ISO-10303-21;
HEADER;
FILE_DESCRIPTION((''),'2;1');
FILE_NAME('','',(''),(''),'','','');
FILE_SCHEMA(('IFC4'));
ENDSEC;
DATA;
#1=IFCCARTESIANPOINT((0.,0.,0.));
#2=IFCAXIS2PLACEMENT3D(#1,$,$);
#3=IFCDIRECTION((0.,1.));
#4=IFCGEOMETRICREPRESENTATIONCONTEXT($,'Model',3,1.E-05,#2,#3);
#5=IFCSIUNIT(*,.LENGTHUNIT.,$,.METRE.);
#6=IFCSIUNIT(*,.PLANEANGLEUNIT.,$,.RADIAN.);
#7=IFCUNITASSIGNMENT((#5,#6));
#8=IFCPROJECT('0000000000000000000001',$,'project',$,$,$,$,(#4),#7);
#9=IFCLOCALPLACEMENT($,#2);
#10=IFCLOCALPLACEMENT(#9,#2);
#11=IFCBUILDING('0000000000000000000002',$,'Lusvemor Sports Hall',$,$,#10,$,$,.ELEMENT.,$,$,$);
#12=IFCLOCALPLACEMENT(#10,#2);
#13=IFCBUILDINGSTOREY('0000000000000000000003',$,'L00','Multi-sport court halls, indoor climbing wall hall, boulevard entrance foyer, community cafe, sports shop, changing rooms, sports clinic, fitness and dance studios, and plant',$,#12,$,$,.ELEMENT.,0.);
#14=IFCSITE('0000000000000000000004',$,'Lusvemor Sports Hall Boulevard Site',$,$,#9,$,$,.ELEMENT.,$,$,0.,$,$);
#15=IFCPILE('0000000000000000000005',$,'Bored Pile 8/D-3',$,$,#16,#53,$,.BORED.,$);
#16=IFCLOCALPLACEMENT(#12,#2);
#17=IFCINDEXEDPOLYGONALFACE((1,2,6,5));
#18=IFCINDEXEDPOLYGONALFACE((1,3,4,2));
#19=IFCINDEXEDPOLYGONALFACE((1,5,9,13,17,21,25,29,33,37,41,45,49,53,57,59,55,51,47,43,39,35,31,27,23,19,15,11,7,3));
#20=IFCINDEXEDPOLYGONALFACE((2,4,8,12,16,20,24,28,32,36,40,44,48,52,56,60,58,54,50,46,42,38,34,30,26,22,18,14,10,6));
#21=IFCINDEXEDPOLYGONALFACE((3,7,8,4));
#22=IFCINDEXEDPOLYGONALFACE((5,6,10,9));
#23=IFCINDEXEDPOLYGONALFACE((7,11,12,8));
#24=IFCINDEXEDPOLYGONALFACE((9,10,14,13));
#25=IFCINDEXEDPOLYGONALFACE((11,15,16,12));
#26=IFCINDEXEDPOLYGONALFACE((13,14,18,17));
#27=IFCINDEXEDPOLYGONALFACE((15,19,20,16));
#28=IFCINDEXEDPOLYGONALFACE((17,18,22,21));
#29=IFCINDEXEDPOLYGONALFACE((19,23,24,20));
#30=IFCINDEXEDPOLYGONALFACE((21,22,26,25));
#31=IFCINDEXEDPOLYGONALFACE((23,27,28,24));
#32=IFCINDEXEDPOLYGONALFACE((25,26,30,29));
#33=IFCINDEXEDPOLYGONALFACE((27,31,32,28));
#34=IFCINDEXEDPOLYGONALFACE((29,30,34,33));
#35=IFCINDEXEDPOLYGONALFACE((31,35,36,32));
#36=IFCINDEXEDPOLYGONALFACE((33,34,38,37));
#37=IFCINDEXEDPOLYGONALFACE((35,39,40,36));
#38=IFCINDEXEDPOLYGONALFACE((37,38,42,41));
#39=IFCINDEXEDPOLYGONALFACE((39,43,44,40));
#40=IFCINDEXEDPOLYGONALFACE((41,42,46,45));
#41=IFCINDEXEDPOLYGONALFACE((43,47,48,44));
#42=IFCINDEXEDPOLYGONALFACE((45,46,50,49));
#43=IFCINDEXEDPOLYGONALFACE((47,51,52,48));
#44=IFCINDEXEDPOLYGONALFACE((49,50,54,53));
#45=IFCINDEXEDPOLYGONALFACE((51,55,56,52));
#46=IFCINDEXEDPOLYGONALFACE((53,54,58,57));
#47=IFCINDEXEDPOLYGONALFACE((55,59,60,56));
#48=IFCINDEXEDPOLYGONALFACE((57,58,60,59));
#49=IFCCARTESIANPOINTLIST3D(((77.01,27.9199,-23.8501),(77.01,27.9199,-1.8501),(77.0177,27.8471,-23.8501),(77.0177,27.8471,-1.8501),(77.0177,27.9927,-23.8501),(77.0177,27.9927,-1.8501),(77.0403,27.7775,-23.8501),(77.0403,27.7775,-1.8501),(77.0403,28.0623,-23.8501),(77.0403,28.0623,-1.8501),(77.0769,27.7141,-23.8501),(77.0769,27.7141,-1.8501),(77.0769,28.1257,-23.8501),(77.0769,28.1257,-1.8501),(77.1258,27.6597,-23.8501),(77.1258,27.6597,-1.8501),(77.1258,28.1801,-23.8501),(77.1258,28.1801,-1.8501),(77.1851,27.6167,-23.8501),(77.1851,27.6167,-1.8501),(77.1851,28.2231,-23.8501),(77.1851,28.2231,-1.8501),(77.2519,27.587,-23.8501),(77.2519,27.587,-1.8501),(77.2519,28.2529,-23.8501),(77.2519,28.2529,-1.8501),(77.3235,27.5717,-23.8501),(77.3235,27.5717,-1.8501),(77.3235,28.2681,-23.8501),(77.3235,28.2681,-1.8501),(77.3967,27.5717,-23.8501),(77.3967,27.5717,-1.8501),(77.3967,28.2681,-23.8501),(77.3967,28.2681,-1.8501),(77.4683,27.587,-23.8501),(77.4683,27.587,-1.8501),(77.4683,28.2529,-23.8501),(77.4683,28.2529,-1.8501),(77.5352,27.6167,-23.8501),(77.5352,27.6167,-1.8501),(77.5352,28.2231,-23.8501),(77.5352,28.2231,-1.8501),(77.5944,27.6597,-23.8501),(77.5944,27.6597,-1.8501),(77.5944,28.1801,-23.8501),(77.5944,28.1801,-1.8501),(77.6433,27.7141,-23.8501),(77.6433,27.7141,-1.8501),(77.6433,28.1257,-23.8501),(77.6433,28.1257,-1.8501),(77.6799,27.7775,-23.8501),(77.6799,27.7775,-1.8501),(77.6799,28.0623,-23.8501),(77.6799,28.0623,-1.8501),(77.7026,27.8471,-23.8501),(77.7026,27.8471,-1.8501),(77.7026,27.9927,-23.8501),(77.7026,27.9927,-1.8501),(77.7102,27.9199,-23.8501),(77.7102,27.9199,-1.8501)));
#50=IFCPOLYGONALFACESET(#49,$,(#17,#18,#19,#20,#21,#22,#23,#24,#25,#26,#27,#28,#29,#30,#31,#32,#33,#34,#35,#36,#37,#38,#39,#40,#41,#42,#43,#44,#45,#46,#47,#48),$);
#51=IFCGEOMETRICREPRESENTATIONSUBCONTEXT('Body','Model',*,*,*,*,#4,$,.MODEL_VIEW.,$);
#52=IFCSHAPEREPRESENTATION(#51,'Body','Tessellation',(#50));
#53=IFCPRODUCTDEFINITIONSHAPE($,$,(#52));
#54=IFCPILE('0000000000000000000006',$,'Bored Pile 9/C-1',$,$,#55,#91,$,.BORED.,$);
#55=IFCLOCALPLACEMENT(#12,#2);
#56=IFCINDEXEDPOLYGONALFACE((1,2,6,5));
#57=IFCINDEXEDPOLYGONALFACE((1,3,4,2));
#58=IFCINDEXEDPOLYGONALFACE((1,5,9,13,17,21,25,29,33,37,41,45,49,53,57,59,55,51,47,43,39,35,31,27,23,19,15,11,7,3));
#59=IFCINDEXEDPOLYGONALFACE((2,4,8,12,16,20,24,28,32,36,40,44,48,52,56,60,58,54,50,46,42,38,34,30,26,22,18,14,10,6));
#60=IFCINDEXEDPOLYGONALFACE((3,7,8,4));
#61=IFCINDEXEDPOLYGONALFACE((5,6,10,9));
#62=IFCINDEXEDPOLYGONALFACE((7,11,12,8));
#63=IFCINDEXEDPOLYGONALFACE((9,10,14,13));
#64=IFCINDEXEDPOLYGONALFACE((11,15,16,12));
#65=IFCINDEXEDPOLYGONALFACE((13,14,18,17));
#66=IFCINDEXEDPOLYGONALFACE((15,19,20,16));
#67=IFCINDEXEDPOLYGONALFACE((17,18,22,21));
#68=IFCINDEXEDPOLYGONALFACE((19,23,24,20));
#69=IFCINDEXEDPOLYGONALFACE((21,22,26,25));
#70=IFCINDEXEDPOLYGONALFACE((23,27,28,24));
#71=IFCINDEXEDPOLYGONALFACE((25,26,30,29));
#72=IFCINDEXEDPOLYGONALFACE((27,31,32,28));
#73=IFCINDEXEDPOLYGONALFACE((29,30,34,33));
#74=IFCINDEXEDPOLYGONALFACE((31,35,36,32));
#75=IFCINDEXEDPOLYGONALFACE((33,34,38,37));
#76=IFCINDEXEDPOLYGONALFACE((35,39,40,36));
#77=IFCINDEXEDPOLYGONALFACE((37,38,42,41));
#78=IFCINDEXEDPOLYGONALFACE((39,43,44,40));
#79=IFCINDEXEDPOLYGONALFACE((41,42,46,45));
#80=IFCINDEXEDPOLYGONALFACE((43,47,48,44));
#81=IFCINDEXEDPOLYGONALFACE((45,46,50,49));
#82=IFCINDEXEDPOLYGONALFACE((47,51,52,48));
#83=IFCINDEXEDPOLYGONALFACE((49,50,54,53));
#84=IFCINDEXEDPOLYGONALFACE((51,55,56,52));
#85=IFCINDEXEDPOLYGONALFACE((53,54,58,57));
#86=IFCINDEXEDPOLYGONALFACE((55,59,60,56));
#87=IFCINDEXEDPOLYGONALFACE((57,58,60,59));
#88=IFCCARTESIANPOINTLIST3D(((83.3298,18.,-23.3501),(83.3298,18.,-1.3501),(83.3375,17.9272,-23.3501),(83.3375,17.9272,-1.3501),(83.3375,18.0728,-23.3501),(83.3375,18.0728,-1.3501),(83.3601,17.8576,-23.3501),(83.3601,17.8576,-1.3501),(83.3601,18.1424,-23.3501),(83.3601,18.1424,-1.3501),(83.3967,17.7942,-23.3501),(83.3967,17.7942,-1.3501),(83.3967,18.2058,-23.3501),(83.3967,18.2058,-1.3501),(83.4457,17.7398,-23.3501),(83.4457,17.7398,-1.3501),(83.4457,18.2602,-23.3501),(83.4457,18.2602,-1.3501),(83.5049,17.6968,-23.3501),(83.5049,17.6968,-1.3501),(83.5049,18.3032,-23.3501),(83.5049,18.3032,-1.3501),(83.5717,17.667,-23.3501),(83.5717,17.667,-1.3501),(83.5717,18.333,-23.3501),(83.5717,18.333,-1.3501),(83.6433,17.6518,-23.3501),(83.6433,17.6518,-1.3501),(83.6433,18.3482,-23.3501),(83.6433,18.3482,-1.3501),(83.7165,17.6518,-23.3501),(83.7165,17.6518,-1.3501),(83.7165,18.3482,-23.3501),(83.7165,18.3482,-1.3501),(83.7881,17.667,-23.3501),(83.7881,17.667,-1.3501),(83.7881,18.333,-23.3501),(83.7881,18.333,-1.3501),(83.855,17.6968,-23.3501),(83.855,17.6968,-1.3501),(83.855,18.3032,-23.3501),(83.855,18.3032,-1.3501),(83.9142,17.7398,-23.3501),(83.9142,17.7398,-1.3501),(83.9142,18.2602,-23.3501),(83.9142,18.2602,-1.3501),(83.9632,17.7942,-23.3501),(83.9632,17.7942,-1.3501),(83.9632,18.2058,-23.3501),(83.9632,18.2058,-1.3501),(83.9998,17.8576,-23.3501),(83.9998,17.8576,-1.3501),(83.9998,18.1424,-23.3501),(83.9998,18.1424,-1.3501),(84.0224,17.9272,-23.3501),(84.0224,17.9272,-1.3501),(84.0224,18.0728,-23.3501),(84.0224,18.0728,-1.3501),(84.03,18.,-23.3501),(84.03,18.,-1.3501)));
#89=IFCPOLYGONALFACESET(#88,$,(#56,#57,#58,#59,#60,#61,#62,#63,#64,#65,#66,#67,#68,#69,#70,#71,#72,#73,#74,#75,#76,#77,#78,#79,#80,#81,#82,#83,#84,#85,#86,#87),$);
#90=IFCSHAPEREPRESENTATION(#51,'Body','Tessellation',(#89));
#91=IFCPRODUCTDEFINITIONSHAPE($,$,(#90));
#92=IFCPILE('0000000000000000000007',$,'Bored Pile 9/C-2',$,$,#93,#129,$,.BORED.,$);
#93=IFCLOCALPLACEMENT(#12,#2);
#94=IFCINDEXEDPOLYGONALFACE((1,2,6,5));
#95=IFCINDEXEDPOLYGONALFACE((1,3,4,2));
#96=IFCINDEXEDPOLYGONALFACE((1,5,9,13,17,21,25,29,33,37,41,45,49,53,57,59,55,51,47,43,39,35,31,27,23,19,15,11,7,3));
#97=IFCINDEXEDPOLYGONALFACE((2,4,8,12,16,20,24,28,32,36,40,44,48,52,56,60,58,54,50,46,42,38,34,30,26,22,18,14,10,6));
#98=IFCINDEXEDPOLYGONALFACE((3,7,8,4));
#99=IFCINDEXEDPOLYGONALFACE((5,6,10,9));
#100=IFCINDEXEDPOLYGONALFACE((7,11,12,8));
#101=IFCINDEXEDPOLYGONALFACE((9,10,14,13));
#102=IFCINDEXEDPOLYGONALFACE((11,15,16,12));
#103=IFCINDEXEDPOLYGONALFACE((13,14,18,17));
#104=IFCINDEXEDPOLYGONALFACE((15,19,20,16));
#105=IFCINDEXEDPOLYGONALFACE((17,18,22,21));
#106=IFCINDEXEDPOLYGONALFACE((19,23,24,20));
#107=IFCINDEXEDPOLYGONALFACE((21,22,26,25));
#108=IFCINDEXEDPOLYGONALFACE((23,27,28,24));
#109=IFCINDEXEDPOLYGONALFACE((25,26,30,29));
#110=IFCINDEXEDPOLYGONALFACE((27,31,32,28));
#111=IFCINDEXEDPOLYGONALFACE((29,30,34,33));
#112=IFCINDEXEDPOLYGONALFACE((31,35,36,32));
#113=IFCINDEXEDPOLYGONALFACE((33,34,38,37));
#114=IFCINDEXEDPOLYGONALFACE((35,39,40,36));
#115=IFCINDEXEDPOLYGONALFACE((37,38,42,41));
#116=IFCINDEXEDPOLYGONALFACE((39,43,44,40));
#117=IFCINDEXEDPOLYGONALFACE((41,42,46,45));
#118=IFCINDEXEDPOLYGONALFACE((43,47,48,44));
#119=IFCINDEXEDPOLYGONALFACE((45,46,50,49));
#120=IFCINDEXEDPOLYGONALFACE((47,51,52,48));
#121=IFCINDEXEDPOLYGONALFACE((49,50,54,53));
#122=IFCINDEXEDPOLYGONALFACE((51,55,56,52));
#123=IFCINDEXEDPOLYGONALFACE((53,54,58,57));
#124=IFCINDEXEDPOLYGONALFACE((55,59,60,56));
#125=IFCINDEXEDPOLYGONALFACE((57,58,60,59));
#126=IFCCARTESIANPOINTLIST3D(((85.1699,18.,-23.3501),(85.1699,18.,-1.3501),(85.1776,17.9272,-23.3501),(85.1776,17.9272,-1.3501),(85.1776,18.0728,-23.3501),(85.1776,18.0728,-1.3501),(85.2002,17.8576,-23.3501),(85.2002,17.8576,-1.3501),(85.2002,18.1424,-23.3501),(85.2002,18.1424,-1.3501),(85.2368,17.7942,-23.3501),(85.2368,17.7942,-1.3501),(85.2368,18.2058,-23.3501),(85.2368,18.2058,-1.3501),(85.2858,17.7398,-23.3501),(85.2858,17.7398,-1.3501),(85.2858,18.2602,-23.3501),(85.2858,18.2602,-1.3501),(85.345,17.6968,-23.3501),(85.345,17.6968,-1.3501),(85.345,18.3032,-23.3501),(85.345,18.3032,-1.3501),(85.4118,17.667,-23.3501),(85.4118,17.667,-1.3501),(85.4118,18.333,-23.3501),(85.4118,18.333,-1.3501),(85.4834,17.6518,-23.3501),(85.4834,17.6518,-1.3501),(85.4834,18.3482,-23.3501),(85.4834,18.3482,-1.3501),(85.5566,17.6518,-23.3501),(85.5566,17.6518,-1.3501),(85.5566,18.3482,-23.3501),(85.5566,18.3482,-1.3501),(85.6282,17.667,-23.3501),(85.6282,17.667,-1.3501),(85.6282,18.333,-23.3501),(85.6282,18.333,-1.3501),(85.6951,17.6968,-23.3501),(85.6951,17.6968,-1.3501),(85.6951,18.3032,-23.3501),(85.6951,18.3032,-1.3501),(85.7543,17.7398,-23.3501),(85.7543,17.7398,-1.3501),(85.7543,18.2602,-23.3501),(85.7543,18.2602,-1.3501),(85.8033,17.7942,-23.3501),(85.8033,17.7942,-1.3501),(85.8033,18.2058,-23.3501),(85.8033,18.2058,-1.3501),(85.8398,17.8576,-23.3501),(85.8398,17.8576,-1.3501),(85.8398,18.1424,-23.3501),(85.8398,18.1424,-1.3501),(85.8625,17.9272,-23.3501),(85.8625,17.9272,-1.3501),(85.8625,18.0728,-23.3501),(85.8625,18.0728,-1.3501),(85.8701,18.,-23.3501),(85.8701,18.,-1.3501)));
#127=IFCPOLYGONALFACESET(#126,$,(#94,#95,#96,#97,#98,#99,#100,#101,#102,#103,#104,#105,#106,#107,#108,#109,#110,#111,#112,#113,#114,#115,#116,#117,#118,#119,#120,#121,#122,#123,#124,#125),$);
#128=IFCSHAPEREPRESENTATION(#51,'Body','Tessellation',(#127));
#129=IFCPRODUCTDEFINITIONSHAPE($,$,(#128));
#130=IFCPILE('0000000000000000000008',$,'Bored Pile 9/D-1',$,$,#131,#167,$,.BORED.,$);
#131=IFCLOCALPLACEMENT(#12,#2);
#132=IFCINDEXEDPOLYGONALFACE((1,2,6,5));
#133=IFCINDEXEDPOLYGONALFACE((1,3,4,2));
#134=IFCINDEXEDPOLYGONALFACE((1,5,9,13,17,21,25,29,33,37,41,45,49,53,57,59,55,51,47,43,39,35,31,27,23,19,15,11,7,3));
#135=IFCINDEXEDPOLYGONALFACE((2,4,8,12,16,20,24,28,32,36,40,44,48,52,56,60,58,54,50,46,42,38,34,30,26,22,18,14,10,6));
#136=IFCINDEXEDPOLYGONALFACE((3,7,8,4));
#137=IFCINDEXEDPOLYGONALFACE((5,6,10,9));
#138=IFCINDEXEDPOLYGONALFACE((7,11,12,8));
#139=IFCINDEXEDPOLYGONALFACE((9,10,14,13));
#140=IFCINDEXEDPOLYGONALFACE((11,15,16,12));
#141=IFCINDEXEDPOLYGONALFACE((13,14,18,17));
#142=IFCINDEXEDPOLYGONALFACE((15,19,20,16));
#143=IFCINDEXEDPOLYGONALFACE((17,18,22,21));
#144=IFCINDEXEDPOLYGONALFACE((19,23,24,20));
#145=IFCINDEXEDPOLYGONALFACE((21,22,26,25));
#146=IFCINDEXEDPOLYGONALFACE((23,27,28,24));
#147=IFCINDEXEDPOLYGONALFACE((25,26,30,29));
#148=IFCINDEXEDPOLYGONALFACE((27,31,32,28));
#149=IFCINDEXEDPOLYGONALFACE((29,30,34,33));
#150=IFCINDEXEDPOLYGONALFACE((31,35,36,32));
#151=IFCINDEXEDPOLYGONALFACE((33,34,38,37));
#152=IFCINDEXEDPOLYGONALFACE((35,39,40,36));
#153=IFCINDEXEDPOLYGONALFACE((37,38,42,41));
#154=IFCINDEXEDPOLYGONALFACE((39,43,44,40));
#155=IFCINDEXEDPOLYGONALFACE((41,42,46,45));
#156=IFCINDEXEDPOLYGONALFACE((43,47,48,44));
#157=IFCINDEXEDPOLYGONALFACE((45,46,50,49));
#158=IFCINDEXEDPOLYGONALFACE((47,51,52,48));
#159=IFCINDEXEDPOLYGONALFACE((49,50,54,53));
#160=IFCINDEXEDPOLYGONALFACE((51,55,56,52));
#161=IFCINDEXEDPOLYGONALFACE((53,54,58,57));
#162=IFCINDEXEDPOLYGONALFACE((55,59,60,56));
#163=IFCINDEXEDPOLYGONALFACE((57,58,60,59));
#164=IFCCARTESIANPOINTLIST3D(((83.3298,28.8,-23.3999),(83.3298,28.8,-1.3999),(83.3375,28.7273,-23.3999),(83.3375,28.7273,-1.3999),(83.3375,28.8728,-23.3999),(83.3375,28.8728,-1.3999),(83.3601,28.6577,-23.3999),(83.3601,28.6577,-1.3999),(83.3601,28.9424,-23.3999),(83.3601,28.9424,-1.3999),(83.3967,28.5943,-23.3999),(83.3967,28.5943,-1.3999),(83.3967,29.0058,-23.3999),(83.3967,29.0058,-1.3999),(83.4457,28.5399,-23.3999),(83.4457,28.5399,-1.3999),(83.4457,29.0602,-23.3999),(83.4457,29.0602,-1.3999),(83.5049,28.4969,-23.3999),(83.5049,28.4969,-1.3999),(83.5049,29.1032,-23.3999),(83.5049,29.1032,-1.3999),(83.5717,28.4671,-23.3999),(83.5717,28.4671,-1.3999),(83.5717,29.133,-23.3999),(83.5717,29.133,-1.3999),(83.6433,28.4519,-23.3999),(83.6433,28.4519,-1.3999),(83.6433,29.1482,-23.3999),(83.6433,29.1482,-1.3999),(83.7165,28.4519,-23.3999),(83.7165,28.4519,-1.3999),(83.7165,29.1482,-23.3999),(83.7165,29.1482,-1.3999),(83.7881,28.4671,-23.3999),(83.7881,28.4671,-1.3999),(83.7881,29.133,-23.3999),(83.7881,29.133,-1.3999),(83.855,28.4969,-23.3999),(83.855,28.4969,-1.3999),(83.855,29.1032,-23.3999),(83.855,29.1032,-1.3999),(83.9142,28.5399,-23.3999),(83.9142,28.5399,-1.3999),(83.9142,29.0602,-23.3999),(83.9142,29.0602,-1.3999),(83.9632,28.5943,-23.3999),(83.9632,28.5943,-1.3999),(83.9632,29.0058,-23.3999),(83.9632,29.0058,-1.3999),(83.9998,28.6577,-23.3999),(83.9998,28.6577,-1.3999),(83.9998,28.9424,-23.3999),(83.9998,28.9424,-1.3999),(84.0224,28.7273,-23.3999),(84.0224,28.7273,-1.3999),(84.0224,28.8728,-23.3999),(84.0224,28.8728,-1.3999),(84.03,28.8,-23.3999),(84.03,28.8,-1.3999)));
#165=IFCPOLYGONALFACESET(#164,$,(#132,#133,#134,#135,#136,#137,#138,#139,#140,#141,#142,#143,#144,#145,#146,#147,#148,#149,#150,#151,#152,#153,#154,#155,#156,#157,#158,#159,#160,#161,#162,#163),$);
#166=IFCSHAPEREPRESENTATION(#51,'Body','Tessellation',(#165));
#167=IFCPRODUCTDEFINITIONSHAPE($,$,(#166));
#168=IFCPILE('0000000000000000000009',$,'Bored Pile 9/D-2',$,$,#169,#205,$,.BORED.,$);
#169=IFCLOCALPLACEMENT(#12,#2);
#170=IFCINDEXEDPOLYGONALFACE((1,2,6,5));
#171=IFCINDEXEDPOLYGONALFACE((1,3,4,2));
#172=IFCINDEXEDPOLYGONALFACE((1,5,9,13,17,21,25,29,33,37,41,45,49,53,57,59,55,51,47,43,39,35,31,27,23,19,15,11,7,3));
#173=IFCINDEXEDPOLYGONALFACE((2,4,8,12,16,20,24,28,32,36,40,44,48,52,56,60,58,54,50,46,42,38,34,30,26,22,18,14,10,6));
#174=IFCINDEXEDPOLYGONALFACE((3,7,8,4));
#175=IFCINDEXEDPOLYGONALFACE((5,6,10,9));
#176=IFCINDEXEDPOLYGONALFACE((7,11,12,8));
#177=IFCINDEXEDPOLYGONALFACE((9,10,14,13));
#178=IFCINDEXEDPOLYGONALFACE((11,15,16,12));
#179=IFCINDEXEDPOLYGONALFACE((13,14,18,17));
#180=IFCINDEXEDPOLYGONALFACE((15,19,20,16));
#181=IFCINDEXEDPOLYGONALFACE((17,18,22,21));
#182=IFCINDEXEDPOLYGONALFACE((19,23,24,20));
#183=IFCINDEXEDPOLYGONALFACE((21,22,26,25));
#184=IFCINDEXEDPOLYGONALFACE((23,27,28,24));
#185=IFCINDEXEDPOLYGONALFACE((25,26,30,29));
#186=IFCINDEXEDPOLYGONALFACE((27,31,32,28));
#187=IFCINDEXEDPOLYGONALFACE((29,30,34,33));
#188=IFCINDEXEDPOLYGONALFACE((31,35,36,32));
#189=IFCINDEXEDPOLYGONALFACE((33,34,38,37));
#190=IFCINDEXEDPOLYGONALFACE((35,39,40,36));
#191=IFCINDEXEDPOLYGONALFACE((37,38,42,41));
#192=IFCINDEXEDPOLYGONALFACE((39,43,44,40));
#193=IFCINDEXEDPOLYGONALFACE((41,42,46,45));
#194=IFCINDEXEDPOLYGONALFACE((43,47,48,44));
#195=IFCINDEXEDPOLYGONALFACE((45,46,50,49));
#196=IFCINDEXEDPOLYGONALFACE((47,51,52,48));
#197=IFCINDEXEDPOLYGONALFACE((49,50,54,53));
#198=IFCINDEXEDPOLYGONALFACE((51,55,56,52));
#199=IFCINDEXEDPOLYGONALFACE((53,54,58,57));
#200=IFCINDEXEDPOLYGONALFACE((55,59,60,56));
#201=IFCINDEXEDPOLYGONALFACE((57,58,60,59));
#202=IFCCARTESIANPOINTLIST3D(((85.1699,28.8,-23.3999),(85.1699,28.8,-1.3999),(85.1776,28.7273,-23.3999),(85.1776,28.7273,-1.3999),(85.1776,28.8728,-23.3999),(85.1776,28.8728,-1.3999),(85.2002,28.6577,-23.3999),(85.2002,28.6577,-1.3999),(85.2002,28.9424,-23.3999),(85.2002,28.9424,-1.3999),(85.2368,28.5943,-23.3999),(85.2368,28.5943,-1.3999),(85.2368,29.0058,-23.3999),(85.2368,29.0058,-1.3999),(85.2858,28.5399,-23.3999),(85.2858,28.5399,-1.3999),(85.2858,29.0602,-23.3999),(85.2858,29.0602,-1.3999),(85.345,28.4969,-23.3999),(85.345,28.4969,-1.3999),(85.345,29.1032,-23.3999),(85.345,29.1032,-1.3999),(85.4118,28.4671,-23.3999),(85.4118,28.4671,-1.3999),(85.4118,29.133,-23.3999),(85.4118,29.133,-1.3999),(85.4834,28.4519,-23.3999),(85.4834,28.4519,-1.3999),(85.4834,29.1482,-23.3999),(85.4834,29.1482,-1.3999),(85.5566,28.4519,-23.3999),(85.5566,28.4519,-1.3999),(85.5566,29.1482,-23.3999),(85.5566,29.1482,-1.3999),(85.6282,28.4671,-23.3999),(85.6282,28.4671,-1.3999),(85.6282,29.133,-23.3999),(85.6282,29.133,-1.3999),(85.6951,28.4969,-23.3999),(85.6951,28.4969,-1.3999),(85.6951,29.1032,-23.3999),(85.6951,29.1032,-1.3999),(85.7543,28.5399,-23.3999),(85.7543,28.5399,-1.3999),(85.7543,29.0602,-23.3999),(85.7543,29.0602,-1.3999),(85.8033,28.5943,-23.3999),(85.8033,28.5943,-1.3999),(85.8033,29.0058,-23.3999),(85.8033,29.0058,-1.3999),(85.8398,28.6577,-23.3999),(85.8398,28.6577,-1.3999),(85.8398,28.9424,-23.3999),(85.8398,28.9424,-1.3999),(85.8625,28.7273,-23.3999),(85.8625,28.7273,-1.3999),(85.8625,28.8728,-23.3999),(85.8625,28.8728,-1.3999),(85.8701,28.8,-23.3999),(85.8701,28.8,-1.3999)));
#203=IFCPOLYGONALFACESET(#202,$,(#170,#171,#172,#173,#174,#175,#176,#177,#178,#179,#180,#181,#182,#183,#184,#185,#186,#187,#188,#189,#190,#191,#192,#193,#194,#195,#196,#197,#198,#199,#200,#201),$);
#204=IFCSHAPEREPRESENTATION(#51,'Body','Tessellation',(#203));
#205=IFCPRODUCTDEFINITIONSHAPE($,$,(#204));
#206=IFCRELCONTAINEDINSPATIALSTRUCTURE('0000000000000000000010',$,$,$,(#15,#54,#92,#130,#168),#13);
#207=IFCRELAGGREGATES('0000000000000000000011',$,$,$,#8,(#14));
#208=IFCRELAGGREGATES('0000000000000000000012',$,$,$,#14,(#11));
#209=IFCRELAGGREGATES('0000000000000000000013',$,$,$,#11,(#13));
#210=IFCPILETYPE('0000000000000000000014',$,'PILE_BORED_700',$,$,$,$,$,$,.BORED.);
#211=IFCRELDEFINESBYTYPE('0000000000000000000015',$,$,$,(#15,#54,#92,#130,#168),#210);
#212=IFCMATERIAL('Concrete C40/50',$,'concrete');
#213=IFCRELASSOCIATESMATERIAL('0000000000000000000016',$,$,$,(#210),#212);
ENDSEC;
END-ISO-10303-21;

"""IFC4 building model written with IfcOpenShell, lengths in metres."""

from ifc_helpers import new_model, si_unit, direction, frame, origin, origin_2d, place, context, subcontext, project, spatial, circle, extrude, material, material_profile, profile_set, type_object, element, save


model = new_model("IFC4")

# Units and contexts
model_context = context("Model", 3, precision=1e-05, world=origin(), true_north=direction((0.0, 1.0)))
body_context = subcontext(model_context, "Body", "Model", "MODEL_VIEW")
ifc_project = project(units=[si_unit("LENGTHUNIT", "METRE"), si_unit("PLANEANGLEUNIT", "RADIAN")], contexts=[model_context])

# Site, building, storey
site_placement = place(None, origin())
site = spatial("IfcSite", under=ifc_project, at=site_placement, Name="Lusvemor Sports Hall Boulevard Site", CompositionType="ELEMENT", RefElevation=0.0)
building_placement = place(site_placement, origin())
building = spatial("IfcBuilding", under=site, at=building_placement, Name="Lusvemor Sports Hall", CompositionType="ELEMENT")
storey_placement = place(building_placement, origin())
storey = spatial("IfcBuildingStorey", under=building, at=storey_placement, Name="L00", Description="Multi-sport court halls, indoor climbing wall hall, boulevard entrance foyer, community cafe, sports shop, changing rooms, sports clinic, fitness and dance studios, and plant", CompositionType="ELEMENT", Elevation=0.0)

# Piles
ifc_material_1 = material(Name="Concrete C40/50", Category="concrete")
ifc_material_profile_1 = material_profile(ifc_material_1, circle(Radius=0.3501, at=origin_2d()), Name="PILE700")
ifc_profile_set_1 = profile_set([ifc_material_profile_1], Name="Concrete C40/50")
pile_type = type_object("IfcPileType", Name="PILE_BORED_700", PredefinedType="BORED", material=ifc_profile_set_1)
for number, where, z_axis, x_axis, name in (
    (1, (77.3601, 27.9199, -1.8501), (0.0, 0.0, -1.0), (1.0, 0.0, 0.0), "Bored Pile 8/D-3"),
    (2, (83.6799, 18.0, -1.3501), (0.0, 0.0, -1.0), (1.0, 0.0, 0.0), "Bored Pile 9/C-1"),
    (3, (85.52, 18.0, -1.3501), (0.0, 0.0, -1.0), (1.0, 0.0, 0.0), "Bored Pile 9/C-2"),
    (4, (83.6799, 28.8, -1.3999), (0.0, 0.0, -1.0), (1.0, 0.0, 0.0), "Bored Pile 9/D-1"),
    (5, (85.52, 28.8, -1.3999), (0.0, 0.0, -1.0), (1.0, 0.0, 0.0), "Bored Pile 9/D-2"),
):
    element("IfcPile", number, at=place(storey_placement, frame(where, z_axis=z_axis, x_axis=x_axis)), inside=storey, type_object=pile_type, Name=name, PredefinedType="BORED", context=body_context, shape_type="SweptSolid", body=[
        extrude(circle(Radius=0.3501, at=origin_2d()), origin(), (0.0, 0.0, 1.0), 22.0),
    ])

save(model, "model.ifc")
